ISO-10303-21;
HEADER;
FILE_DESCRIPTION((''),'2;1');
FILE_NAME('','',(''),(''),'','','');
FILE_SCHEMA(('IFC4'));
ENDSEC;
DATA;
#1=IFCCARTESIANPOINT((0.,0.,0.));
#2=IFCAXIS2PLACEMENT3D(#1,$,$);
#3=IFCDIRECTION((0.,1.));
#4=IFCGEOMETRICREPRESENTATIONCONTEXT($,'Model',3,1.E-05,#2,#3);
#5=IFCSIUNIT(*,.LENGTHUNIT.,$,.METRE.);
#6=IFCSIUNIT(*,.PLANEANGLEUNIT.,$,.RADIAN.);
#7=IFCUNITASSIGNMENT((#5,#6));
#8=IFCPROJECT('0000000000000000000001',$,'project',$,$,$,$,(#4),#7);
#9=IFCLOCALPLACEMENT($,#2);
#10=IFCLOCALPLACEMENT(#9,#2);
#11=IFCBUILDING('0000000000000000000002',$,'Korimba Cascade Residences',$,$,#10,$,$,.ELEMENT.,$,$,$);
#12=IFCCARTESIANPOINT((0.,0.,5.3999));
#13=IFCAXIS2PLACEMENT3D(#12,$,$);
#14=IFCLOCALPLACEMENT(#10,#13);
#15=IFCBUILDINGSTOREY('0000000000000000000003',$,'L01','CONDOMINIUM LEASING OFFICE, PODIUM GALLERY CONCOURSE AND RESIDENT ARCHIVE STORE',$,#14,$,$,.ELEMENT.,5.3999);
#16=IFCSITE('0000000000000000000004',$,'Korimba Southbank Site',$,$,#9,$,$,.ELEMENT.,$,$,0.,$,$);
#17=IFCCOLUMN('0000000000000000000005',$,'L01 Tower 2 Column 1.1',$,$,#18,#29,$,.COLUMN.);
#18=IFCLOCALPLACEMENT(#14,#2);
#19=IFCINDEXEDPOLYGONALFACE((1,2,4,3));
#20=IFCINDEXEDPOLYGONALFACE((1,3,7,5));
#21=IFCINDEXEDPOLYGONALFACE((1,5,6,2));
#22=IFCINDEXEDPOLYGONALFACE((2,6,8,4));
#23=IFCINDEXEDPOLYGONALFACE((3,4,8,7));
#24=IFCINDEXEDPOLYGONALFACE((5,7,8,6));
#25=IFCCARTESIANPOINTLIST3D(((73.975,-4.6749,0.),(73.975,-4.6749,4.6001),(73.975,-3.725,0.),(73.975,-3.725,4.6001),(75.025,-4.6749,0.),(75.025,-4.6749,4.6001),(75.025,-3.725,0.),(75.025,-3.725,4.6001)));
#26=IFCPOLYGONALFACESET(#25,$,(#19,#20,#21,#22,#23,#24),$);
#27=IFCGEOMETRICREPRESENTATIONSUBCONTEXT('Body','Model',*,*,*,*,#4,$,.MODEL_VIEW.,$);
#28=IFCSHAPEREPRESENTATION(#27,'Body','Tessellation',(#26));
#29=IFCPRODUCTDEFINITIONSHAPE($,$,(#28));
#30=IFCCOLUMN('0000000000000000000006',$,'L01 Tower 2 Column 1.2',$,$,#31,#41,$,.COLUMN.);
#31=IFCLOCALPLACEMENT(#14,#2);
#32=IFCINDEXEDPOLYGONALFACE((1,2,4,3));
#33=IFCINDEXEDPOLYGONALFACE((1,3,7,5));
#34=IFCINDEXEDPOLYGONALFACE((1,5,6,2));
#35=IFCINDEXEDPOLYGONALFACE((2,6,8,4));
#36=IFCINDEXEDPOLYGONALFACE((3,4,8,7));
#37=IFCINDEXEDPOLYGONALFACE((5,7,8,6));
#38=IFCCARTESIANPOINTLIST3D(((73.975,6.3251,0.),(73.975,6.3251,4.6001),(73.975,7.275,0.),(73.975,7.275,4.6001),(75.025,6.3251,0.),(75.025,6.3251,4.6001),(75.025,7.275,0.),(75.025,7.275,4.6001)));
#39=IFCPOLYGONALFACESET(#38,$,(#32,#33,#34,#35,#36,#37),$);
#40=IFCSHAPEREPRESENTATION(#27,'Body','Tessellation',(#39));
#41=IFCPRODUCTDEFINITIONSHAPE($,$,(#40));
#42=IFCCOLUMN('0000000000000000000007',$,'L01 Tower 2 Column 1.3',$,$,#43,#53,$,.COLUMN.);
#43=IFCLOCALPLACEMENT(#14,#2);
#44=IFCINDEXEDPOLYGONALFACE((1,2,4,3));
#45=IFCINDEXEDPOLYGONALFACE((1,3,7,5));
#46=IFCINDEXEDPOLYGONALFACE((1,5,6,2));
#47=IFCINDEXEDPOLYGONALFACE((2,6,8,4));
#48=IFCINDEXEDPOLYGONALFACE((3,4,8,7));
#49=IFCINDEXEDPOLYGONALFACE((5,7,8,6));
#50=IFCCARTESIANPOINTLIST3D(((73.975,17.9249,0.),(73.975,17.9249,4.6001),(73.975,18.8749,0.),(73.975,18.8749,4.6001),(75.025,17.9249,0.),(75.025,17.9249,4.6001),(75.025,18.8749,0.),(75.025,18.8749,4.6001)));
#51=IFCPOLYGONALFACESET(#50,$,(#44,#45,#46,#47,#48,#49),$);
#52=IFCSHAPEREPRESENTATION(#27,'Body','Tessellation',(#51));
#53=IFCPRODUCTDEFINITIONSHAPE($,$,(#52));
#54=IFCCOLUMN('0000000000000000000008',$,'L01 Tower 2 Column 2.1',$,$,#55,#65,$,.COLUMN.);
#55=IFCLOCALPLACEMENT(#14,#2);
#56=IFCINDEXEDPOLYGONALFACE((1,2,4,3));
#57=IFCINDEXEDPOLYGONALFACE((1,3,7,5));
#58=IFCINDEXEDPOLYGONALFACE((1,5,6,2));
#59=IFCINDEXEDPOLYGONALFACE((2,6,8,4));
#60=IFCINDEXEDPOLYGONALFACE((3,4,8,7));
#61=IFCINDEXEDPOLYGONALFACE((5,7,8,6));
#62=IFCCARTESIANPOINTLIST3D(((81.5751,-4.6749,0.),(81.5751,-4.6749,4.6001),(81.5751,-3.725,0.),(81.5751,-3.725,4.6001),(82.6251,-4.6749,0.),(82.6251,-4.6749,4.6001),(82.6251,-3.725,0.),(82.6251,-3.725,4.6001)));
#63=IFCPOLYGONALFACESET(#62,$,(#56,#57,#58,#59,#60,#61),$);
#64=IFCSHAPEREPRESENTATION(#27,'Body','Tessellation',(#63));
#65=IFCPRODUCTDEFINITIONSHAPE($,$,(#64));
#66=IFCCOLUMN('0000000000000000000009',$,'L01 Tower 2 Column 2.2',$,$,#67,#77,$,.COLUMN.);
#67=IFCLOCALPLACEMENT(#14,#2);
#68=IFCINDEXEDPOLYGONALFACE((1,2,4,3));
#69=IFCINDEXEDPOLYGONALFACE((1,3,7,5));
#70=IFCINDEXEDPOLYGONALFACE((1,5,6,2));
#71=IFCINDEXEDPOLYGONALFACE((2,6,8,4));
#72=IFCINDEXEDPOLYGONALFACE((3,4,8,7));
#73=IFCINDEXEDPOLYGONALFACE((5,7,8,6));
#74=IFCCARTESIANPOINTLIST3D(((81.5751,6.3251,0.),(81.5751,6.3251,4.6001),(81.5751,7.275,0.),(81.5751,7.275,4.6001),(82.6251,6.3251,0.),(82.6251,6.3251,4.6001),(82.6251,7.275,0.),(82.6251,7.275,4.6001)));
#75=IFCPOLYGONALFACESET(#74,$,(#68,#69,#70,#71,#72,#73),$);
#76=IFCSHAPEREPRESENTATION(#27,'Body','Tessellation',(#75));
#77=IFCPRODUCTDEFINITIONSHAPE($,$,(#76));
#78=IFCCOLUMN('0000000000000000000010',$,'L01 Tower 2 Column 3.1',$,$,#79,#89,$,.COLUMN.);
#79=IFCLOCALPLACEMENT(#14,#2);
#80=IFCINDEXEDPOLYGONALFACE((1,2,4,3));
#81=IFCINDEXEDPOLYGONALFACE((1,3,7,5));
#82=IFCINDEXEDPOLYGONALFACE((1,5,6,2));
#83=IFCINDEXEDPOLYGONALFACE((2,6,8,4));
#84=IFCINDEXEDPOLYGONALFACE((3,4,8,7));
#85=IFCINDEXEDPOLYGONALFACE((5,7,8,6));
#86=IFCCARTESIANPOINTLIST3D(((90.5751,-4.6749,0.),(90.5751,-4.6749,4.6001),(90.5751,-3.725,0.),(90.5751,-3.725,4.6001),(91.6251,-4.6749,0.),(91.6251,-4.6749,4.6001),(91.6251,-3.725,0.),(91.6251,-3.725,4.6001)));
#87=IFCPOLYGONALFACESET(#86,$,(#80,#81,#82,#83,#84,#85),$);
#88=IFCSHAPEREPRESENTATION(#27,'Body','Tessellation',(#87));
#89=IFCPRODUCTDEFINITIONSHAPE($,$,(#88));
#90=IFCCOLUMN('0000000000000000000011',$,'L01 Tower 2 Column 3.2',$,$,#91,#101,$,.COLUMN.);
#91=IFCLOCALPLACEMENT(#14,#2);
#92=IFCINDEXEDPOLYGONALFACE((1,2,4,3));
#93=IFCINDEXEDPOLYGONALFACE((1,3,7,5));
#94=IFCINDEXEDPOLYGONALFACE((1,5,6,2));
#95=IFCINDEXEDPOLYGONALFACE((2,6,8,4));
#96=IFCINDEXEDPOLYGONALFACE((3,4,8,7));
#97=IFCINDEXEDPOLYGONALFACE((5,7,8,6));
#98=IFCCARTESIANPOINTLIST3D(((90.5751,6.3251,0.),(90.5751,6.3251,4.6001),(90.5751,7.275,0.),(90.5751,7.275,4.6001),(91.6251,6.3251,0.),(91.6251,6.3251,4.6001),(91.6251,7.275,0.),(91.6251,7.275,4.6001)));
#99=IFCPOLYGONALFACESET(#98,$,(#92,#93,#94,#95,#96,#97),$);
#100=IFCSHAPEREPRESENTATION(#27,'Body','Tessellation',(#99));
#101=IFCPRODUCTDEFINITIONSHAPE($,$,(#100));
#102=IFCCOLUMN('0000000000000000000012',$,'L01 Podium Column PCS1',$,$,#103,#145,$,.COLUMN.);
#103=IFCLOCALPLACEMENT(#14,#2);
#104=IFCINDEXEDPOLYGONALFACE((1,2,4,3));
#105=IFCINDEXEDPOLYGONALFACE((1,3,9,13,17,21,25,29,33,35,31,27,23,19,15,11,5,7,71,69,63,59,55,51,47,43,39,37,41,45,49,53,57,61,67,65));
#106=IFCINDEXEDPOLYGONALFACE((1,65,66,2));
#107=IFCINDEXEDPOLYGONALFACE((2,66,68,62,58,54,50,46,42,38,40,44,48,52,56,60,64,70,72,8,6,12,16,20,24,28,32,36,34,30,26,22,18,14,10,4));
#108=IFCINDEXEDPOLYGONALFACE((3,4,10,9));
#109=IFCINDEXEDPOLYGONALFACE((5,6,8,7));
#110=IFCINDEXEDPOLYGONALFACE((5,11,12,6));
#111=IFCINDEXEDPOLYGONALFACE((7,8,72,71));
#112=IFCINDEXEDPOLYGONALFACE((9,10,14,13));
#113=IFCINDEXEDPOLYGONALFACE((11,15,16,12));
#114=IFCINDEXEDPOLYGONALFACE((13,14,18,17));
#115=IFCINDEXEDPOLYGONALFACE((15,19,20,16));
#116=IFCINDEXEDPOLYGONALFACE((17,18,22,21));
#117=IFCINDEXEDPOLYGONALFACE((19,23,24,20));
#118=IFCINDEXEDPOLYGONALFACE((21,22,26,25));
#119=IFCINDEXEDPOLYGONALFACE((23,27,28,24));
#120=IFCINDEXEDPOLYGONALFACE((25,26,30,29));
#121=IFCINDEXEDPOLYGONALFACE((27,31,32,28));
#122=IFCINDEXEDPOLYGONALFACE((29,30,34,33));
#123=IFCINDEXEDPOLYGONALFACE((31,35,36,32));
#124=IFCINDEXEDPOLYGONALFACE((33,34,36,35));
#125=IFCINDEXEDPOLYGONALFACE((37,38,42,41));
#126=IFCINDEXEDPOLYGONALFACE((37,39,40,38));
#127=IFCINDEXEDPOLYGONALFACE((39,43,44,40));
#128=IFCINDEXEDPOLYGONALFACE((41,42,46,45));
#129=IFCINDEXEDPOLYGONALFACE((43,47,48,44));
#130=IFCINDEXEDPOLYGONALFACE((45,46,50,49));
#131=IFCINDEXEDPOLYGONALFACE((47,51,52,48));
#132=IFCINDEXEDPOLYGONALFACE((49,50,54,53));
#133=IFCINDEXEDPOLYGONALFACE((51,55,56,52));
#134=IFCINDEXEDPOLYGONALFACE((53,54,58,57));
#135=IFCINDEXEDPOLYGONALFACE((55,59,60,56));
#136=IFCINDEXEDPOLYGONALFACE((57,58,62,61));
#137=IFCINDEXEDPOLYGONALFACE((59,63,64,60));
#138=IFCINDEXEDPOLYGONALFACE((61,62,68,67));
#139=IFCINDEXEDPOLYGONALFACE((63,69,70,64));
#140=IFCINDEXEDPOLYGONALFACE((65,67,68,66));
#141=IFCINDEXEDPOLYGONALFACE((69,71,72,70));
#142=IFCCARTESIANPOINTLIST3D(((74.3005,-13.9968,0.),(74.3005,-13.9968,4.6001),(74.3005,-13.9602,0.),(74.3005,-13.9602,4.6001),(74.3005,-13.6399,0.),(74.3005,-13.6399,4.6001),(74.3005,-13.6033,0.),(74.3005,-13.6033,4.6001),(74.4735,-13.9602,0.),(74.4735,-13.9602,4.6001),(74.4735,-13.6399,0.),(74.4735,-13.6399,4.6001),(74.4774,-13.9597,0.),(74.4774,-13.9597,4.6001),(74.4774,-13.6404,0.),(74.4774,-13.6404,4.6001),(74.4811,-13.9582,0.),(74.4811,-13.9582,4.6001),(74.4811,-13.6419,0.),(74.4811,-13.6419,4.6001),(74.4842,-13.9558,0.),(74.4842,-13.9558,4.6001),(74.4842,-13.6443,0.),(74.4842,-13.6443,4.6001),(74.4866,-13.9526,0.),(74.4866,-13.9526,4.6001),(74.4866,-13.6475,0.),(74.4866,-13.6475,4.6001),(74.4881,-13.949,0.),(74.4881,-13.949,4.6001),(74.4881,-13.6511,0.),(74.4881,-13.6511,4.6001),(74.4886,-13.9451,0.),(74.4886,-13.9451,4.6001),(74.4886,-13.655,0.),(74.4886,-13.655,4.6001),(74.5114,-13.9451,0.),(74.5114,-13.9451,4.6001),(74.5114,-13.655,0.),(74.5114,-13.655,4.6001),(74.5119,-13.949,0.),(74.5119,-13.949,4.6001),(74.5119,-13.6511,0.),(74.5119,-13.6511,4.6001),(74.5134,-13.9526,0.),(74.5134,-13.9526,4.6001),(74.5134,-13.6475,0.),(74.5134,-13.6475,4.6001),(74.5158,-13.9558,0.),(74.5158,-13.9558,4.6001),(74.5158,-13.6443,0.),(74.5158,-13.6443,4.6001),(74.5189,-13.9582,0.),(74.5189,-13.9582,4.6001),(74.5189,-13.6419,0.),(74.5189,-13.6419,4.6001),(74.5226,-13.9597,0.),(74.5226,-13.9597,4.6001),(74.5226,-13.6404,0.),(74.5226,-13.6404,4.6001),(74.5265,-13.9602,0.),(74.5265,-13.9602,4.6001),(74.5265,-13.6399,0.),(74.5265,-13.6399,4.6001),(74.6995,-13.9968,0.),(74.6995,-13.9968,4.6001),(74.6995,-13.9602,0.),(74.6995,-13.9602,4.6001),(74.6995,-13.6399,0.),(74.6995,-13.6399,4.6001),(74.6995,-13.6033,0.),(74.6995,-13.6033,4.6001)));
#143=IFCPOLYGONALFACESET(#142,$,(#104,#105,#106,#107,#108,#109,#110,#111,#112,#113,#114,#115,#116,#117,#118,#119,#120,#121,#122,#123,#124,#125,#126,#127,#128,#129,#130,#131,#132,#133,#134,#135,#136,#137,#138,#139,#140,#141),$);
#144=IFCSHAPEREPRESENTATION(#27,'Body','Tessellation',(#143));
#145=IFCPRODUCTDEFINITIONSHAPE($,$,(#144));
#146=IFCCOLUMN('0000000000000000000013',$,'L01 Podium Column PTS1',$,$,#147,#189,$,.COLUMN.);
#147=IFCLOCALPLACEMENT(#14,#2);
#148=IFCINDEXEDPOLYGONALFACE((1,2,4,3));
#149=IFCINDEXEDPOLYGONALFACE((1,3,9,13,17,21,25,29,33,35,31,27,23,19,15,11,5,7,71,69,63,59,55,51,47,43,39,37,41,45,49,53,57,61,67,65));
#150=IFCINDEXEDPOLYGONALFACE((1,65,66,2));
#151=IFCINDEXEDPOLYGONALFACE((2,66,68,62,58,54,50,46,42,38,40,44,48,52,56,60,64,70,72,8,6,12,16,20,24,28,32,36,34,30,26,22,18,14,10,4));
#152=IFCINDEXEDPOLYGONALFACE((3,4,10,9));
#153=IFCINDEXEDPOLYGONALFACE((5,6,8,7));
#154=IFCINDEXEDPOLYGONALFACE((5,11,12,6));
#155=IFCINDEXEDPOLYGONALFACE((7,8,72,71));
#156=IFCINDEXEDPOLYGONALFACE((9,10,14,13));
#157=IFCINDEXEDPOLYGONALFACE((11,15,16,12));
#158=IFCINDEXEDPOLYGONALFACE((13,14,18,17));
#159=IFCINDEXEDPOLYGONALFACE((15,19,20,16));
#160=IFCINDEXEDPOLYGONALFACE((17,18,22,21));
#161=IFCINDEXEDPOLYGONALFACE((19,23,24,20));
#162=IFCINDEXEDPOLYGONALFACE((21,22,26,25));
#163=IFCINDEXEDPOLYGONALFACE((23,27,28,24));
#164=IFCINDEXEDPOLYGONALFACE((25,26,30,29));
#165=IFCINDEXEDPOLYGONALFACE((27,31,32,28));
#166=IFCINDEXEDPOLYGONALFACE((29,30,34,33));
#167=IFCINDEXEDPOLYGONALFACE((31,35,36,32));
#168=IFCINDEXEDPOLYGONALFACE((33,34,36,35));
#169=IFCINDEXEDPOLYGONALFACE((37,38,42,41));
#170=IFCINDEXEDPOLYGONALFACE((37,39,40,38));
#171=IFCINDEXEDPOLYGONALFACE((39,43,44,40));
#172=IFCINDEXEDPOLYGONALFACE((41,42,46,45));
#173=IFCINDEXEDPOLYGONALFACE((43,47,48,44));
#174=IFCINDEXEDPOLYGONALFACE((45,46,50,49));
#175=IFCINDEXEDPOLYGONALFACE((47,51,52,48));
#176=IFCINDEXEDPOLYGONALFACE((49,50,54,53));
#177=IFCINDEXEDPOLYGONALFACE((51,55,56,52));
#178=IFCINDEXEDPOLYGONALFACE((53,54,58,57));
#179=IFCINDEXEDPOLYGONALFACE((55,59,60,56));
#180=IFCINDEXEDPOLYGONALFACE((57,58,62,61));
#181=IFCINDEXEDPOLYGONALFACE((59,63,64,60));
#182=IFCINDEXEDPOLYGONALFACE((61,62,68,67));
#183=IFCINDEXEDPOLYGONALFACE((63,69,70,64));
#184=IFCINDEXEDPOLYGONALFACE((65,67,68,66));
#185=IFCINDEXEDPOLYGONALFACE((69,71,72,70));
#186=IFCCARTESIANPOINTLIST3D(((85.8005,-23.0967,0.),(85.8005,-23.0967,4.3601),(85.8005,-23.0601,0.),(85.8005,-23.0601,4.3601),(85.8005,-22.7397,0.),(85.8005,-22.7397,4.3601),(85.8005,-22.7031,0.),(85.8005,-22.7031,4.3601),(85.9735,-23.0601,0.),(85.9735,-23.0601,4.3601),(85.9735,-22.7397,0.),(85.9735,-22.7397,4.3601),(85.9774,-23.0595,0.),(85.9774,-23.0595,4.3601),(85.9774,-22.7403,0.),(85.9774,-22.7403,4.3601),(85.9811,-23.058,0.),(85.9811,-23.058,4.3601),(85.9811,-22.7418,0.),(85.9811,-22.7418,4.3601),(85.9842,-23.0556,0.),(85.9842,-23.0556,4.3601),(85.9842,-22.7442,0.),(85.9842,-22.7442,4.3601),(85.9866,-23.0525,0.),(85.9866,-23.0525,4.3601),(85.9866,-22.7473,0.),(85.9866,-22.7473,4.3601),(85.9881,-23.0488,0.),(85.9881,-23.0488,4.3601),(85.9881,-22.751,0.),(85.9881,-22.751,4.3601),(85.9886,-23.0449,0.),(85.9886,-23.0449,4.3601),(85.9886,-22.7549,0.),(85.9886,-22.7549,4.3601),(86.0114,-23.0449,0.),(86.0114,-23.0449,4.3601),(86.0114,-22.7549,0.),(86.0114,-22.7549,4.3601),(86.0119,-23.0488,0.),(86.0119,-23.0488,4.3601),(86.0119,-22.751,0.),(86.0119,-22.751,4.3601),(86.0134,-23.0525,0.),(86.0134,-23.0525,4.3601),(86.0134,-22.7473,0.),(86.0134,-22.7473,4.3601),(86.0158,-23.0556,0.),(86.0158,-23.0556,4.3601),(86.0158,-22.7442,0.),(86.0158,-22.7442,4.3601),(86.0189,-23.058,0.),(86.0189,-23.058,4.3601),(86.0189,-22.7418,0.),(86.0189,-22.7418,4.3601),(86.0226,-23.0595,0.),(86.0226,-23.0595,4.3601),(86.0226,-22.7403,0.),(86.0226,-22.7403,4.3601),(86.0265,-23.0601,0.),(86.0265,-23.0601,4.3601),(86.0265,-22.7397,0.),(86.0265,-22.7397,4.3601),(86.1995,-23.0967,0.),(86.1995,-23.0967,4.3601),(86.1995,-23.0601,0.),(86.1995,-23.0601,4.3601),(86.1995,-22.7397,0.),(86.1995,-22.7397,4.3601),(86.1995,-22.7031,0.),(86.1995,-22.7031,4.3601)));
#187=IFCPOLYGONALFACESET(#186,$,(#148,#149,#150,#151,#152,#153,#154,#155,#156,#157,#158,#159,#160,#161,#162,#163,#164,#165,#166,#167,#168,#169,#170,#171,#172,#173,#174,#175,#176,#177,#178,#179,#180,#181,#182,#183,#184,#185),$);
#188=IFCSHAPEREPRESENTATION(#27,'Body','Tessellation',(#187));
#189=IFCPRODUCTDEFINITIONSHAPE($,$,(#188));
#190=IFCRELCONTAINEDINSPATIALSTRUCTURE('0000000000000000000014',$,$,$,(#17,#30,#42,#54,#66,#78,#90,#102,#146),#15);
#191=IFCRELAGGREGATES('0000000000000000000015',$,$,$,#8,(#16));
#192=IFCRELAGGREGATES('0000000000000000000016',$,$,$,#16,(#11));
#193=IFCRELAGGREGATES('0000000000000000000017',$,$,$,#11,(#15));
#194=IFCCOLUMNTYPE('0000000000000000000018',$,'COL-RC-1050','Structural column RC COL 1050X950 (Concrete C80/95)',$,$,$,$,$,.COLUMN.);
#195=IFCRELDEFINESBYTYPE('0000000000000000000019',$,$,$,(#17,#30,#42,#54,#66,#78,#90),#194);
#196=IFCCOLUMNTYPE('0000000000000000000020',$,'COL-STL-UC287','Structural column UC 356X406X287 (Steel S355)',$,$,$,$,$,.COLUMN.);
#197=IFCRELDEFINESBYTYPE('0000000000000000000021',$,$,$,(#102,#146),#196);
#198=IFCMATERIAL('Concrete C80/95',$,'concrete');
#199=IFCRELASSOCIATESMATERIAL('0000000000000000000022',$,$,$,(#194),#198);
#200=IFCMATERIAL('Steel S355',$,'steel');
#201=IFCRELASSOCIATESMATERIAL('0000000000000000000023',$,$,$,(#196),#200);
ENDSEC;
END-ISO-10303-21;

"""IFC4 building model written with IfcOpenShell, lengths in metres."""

from ifc_helpers import new_model, si_unit, direction, frame, origin, origin_2d, place, context, subcontext, project, spatial, rectangle, i_section, extrude, material, material_profile, profile_set, type_object, element, save


model = new_model("IFC4")

# Units and contexts
model_context = context("Model", 3, precision=1e-05, world=origin(), true_north=direction((0.0, 1.0)))
body_context = subcontext(model_context, "Body", "Model", "MODEL_VIEW")
ifc_project = project(units=[si_unit("LENGTHUNIT", "METRE"), si_unit("PLANEANGLEUNIT", "RADIAN")], contexts=[model_context])

# Site, building, storey
site_placement = place(None, origin())
site = spatial("IfcSite", under=ifc_project, at=site_placement, Name="Korimba Southbank Site", CompositionType="ELEMENT", RefElevation=0.0)
building_placement = place(site_placement, origin())
building = spatial("IfcBuilding", under=site, at=building_placement, Name="Korimba Cascade Residences", CompositionType="ELEMENT")
storey_placement = place(building_placement, frame((0.0, 0.0, 5.3999)))
storey = spatial("IfcBuildingStorey", under=building, at=storey_placement, Name="L01", Description="CONDOMINIUM LEASING OFFICE, PODIUM GALLERY CONCOURSE AND RESIDENT ARCHIVE STORE", CompositionType="ELEMENT", Elevation=5.3999)

# Columns
ifc_material_1 = material(Name="Concrete C80/95", Category="concrete")
ifc_material_profile_1 = material_profile(ifc_material_1, rectangle(XDim=1.05, YDim=0.95, at=origin_2d()), Name="Concrete C80/95")
ifc_profile_set_1 = profile_set([ifc_material_profile_1], Name="Concrete C80/95")
column_type_1 = type_object("IfcColumnType", Name="COL-RC-1050", Description="Structural column RC COL 1050X950 (Concrete C80/95)", PredefinedType="COLUMN", material=ifc_profile_set_1)
for number, where, z_axis, x_axis, name in (
    (1, (74.5, -4.2, 0.0), (0.0, 0.0, 1.0), (1.0, 0.0, 0.0), "L01 Tower 2 Column 1.1"),
    (2, (74.5, 6.8, 0.0), (0.0, 0.0, 1.0), (1.0, 0.0, 0.0), "L01 Tower 2 Column 1.2"),
    (3, (74.5, 18.3999, 0.0), (0.0, 0.0, 1.0), (1.0, 0.0, 0.0), "L01 Tower 2 Column 1.3"),
    (4, (82.1001, -4.2, 0.0), (0.0, 0.0, 1.0), (1.0, 0.0, 0.0), "L01 Tower 2 Column 2.1"),
    (5, (82.1001, 6.8, 0.0), (0.0, 0.0, 1.0), (1.0, 0.0, 0.0), "L01 Tower 2 Column 2.2"),
    (6, (91.1001, -4.2, 0.0), (0.0, 0.0, 1.0), (1.0, 0.0, 0.0), "L01 Tower 2 Column 3.1"),
    (7, (91.1001, 6.8, 0.0), (0.0, 0.0, 1.0), (1.0, 0.0, 0.0), "L01 Tower 2 Column 3.2"),
):
    element("IfcColumn", number, at=place(storey_placement, frame(where, z_axis=z_axis, x_axis=x_axis)), inside=storey, type_object=column_type_1, Name=name, PredefinedType="COLUMN", context=body_context, shape_type="SweptSolid", body=[
        extrude(rectangle(XDim=1.05, YDim=0.95, at=origin_2d()), origin(), (0.0, 0.0, 1.0), 4.6001),
    ])
ifc_material_2 = material(Name="Steel S355", Category="steel")
ifc_material_profile_2 = material_profile(ifc_material_2, i_section(OverallWidth=0.3989, OverallDepth=0.3936, WebThickness=0.0227, FlangeThickness=0.0366, FilletRadius=0.0151, at=origin_2d()), Name="Steel S355")
ifc_profile_set_2 = profile_set([ifc_material_profile_2], Name="Steel S355")
column_type_2 = type_object("IfcColumnType", Name="COL-STL-UC287", Description="Structural column UC 356X406X287 (Steel S355)", PredefinedType="COLUMN", material=ifc_profile_set_2)
column_placement = place(storey_placement, frame((74.5, -13.8, 0.0), z_axis=(0.0, 0.0, 1.0), x_axis=(1.0, 0.0, 0.0)))
element("IfcColumn", 8, at=column_placement, inside=storey, type_object=column_type_2, Name="L01 Podium Column PCS1", PredefinedType="COLUMN", context=body_context, shape_type="SweptSolid", body=[
    extrude(i_section(OverallWidth=0.3989, OverallDepth=0.3936, WebThickness=0.0227, FlangeThickness=0.0366, FilletRadius=0.0151, at=origin_2d()), origin(), (0.0, 0.0, 1.0), 4.6001),
])
for number, where, z_axis, x_axis, name in (
    (9, (86.0, -22.8999, 0.0), (0.0, 0.0, 1.0), (1.0, 0.0, 0.0), "L01 Podium Column PTS1"),
):
    element("IfcColumn", number, at=place(storey_placement, frame(where, z_axis=z_axis, x_axis=x_axis)), inside=storey, type_object=column_type_2, Name=name, PredefinedType="COLUMN", context=body_context, shape_type="SweptSolid", body=[
        extrude(i_section(OverallWidth=0.3989, OverallDepth=0.3936, WebThickness=0.0227, FlangeThickness=0.0366, FilletRadius=0.0151, at=origin_2d()), origin(), (0.0, 0.0, 1.0), 4.3601),
    ])

save(model, "model.ifc")
